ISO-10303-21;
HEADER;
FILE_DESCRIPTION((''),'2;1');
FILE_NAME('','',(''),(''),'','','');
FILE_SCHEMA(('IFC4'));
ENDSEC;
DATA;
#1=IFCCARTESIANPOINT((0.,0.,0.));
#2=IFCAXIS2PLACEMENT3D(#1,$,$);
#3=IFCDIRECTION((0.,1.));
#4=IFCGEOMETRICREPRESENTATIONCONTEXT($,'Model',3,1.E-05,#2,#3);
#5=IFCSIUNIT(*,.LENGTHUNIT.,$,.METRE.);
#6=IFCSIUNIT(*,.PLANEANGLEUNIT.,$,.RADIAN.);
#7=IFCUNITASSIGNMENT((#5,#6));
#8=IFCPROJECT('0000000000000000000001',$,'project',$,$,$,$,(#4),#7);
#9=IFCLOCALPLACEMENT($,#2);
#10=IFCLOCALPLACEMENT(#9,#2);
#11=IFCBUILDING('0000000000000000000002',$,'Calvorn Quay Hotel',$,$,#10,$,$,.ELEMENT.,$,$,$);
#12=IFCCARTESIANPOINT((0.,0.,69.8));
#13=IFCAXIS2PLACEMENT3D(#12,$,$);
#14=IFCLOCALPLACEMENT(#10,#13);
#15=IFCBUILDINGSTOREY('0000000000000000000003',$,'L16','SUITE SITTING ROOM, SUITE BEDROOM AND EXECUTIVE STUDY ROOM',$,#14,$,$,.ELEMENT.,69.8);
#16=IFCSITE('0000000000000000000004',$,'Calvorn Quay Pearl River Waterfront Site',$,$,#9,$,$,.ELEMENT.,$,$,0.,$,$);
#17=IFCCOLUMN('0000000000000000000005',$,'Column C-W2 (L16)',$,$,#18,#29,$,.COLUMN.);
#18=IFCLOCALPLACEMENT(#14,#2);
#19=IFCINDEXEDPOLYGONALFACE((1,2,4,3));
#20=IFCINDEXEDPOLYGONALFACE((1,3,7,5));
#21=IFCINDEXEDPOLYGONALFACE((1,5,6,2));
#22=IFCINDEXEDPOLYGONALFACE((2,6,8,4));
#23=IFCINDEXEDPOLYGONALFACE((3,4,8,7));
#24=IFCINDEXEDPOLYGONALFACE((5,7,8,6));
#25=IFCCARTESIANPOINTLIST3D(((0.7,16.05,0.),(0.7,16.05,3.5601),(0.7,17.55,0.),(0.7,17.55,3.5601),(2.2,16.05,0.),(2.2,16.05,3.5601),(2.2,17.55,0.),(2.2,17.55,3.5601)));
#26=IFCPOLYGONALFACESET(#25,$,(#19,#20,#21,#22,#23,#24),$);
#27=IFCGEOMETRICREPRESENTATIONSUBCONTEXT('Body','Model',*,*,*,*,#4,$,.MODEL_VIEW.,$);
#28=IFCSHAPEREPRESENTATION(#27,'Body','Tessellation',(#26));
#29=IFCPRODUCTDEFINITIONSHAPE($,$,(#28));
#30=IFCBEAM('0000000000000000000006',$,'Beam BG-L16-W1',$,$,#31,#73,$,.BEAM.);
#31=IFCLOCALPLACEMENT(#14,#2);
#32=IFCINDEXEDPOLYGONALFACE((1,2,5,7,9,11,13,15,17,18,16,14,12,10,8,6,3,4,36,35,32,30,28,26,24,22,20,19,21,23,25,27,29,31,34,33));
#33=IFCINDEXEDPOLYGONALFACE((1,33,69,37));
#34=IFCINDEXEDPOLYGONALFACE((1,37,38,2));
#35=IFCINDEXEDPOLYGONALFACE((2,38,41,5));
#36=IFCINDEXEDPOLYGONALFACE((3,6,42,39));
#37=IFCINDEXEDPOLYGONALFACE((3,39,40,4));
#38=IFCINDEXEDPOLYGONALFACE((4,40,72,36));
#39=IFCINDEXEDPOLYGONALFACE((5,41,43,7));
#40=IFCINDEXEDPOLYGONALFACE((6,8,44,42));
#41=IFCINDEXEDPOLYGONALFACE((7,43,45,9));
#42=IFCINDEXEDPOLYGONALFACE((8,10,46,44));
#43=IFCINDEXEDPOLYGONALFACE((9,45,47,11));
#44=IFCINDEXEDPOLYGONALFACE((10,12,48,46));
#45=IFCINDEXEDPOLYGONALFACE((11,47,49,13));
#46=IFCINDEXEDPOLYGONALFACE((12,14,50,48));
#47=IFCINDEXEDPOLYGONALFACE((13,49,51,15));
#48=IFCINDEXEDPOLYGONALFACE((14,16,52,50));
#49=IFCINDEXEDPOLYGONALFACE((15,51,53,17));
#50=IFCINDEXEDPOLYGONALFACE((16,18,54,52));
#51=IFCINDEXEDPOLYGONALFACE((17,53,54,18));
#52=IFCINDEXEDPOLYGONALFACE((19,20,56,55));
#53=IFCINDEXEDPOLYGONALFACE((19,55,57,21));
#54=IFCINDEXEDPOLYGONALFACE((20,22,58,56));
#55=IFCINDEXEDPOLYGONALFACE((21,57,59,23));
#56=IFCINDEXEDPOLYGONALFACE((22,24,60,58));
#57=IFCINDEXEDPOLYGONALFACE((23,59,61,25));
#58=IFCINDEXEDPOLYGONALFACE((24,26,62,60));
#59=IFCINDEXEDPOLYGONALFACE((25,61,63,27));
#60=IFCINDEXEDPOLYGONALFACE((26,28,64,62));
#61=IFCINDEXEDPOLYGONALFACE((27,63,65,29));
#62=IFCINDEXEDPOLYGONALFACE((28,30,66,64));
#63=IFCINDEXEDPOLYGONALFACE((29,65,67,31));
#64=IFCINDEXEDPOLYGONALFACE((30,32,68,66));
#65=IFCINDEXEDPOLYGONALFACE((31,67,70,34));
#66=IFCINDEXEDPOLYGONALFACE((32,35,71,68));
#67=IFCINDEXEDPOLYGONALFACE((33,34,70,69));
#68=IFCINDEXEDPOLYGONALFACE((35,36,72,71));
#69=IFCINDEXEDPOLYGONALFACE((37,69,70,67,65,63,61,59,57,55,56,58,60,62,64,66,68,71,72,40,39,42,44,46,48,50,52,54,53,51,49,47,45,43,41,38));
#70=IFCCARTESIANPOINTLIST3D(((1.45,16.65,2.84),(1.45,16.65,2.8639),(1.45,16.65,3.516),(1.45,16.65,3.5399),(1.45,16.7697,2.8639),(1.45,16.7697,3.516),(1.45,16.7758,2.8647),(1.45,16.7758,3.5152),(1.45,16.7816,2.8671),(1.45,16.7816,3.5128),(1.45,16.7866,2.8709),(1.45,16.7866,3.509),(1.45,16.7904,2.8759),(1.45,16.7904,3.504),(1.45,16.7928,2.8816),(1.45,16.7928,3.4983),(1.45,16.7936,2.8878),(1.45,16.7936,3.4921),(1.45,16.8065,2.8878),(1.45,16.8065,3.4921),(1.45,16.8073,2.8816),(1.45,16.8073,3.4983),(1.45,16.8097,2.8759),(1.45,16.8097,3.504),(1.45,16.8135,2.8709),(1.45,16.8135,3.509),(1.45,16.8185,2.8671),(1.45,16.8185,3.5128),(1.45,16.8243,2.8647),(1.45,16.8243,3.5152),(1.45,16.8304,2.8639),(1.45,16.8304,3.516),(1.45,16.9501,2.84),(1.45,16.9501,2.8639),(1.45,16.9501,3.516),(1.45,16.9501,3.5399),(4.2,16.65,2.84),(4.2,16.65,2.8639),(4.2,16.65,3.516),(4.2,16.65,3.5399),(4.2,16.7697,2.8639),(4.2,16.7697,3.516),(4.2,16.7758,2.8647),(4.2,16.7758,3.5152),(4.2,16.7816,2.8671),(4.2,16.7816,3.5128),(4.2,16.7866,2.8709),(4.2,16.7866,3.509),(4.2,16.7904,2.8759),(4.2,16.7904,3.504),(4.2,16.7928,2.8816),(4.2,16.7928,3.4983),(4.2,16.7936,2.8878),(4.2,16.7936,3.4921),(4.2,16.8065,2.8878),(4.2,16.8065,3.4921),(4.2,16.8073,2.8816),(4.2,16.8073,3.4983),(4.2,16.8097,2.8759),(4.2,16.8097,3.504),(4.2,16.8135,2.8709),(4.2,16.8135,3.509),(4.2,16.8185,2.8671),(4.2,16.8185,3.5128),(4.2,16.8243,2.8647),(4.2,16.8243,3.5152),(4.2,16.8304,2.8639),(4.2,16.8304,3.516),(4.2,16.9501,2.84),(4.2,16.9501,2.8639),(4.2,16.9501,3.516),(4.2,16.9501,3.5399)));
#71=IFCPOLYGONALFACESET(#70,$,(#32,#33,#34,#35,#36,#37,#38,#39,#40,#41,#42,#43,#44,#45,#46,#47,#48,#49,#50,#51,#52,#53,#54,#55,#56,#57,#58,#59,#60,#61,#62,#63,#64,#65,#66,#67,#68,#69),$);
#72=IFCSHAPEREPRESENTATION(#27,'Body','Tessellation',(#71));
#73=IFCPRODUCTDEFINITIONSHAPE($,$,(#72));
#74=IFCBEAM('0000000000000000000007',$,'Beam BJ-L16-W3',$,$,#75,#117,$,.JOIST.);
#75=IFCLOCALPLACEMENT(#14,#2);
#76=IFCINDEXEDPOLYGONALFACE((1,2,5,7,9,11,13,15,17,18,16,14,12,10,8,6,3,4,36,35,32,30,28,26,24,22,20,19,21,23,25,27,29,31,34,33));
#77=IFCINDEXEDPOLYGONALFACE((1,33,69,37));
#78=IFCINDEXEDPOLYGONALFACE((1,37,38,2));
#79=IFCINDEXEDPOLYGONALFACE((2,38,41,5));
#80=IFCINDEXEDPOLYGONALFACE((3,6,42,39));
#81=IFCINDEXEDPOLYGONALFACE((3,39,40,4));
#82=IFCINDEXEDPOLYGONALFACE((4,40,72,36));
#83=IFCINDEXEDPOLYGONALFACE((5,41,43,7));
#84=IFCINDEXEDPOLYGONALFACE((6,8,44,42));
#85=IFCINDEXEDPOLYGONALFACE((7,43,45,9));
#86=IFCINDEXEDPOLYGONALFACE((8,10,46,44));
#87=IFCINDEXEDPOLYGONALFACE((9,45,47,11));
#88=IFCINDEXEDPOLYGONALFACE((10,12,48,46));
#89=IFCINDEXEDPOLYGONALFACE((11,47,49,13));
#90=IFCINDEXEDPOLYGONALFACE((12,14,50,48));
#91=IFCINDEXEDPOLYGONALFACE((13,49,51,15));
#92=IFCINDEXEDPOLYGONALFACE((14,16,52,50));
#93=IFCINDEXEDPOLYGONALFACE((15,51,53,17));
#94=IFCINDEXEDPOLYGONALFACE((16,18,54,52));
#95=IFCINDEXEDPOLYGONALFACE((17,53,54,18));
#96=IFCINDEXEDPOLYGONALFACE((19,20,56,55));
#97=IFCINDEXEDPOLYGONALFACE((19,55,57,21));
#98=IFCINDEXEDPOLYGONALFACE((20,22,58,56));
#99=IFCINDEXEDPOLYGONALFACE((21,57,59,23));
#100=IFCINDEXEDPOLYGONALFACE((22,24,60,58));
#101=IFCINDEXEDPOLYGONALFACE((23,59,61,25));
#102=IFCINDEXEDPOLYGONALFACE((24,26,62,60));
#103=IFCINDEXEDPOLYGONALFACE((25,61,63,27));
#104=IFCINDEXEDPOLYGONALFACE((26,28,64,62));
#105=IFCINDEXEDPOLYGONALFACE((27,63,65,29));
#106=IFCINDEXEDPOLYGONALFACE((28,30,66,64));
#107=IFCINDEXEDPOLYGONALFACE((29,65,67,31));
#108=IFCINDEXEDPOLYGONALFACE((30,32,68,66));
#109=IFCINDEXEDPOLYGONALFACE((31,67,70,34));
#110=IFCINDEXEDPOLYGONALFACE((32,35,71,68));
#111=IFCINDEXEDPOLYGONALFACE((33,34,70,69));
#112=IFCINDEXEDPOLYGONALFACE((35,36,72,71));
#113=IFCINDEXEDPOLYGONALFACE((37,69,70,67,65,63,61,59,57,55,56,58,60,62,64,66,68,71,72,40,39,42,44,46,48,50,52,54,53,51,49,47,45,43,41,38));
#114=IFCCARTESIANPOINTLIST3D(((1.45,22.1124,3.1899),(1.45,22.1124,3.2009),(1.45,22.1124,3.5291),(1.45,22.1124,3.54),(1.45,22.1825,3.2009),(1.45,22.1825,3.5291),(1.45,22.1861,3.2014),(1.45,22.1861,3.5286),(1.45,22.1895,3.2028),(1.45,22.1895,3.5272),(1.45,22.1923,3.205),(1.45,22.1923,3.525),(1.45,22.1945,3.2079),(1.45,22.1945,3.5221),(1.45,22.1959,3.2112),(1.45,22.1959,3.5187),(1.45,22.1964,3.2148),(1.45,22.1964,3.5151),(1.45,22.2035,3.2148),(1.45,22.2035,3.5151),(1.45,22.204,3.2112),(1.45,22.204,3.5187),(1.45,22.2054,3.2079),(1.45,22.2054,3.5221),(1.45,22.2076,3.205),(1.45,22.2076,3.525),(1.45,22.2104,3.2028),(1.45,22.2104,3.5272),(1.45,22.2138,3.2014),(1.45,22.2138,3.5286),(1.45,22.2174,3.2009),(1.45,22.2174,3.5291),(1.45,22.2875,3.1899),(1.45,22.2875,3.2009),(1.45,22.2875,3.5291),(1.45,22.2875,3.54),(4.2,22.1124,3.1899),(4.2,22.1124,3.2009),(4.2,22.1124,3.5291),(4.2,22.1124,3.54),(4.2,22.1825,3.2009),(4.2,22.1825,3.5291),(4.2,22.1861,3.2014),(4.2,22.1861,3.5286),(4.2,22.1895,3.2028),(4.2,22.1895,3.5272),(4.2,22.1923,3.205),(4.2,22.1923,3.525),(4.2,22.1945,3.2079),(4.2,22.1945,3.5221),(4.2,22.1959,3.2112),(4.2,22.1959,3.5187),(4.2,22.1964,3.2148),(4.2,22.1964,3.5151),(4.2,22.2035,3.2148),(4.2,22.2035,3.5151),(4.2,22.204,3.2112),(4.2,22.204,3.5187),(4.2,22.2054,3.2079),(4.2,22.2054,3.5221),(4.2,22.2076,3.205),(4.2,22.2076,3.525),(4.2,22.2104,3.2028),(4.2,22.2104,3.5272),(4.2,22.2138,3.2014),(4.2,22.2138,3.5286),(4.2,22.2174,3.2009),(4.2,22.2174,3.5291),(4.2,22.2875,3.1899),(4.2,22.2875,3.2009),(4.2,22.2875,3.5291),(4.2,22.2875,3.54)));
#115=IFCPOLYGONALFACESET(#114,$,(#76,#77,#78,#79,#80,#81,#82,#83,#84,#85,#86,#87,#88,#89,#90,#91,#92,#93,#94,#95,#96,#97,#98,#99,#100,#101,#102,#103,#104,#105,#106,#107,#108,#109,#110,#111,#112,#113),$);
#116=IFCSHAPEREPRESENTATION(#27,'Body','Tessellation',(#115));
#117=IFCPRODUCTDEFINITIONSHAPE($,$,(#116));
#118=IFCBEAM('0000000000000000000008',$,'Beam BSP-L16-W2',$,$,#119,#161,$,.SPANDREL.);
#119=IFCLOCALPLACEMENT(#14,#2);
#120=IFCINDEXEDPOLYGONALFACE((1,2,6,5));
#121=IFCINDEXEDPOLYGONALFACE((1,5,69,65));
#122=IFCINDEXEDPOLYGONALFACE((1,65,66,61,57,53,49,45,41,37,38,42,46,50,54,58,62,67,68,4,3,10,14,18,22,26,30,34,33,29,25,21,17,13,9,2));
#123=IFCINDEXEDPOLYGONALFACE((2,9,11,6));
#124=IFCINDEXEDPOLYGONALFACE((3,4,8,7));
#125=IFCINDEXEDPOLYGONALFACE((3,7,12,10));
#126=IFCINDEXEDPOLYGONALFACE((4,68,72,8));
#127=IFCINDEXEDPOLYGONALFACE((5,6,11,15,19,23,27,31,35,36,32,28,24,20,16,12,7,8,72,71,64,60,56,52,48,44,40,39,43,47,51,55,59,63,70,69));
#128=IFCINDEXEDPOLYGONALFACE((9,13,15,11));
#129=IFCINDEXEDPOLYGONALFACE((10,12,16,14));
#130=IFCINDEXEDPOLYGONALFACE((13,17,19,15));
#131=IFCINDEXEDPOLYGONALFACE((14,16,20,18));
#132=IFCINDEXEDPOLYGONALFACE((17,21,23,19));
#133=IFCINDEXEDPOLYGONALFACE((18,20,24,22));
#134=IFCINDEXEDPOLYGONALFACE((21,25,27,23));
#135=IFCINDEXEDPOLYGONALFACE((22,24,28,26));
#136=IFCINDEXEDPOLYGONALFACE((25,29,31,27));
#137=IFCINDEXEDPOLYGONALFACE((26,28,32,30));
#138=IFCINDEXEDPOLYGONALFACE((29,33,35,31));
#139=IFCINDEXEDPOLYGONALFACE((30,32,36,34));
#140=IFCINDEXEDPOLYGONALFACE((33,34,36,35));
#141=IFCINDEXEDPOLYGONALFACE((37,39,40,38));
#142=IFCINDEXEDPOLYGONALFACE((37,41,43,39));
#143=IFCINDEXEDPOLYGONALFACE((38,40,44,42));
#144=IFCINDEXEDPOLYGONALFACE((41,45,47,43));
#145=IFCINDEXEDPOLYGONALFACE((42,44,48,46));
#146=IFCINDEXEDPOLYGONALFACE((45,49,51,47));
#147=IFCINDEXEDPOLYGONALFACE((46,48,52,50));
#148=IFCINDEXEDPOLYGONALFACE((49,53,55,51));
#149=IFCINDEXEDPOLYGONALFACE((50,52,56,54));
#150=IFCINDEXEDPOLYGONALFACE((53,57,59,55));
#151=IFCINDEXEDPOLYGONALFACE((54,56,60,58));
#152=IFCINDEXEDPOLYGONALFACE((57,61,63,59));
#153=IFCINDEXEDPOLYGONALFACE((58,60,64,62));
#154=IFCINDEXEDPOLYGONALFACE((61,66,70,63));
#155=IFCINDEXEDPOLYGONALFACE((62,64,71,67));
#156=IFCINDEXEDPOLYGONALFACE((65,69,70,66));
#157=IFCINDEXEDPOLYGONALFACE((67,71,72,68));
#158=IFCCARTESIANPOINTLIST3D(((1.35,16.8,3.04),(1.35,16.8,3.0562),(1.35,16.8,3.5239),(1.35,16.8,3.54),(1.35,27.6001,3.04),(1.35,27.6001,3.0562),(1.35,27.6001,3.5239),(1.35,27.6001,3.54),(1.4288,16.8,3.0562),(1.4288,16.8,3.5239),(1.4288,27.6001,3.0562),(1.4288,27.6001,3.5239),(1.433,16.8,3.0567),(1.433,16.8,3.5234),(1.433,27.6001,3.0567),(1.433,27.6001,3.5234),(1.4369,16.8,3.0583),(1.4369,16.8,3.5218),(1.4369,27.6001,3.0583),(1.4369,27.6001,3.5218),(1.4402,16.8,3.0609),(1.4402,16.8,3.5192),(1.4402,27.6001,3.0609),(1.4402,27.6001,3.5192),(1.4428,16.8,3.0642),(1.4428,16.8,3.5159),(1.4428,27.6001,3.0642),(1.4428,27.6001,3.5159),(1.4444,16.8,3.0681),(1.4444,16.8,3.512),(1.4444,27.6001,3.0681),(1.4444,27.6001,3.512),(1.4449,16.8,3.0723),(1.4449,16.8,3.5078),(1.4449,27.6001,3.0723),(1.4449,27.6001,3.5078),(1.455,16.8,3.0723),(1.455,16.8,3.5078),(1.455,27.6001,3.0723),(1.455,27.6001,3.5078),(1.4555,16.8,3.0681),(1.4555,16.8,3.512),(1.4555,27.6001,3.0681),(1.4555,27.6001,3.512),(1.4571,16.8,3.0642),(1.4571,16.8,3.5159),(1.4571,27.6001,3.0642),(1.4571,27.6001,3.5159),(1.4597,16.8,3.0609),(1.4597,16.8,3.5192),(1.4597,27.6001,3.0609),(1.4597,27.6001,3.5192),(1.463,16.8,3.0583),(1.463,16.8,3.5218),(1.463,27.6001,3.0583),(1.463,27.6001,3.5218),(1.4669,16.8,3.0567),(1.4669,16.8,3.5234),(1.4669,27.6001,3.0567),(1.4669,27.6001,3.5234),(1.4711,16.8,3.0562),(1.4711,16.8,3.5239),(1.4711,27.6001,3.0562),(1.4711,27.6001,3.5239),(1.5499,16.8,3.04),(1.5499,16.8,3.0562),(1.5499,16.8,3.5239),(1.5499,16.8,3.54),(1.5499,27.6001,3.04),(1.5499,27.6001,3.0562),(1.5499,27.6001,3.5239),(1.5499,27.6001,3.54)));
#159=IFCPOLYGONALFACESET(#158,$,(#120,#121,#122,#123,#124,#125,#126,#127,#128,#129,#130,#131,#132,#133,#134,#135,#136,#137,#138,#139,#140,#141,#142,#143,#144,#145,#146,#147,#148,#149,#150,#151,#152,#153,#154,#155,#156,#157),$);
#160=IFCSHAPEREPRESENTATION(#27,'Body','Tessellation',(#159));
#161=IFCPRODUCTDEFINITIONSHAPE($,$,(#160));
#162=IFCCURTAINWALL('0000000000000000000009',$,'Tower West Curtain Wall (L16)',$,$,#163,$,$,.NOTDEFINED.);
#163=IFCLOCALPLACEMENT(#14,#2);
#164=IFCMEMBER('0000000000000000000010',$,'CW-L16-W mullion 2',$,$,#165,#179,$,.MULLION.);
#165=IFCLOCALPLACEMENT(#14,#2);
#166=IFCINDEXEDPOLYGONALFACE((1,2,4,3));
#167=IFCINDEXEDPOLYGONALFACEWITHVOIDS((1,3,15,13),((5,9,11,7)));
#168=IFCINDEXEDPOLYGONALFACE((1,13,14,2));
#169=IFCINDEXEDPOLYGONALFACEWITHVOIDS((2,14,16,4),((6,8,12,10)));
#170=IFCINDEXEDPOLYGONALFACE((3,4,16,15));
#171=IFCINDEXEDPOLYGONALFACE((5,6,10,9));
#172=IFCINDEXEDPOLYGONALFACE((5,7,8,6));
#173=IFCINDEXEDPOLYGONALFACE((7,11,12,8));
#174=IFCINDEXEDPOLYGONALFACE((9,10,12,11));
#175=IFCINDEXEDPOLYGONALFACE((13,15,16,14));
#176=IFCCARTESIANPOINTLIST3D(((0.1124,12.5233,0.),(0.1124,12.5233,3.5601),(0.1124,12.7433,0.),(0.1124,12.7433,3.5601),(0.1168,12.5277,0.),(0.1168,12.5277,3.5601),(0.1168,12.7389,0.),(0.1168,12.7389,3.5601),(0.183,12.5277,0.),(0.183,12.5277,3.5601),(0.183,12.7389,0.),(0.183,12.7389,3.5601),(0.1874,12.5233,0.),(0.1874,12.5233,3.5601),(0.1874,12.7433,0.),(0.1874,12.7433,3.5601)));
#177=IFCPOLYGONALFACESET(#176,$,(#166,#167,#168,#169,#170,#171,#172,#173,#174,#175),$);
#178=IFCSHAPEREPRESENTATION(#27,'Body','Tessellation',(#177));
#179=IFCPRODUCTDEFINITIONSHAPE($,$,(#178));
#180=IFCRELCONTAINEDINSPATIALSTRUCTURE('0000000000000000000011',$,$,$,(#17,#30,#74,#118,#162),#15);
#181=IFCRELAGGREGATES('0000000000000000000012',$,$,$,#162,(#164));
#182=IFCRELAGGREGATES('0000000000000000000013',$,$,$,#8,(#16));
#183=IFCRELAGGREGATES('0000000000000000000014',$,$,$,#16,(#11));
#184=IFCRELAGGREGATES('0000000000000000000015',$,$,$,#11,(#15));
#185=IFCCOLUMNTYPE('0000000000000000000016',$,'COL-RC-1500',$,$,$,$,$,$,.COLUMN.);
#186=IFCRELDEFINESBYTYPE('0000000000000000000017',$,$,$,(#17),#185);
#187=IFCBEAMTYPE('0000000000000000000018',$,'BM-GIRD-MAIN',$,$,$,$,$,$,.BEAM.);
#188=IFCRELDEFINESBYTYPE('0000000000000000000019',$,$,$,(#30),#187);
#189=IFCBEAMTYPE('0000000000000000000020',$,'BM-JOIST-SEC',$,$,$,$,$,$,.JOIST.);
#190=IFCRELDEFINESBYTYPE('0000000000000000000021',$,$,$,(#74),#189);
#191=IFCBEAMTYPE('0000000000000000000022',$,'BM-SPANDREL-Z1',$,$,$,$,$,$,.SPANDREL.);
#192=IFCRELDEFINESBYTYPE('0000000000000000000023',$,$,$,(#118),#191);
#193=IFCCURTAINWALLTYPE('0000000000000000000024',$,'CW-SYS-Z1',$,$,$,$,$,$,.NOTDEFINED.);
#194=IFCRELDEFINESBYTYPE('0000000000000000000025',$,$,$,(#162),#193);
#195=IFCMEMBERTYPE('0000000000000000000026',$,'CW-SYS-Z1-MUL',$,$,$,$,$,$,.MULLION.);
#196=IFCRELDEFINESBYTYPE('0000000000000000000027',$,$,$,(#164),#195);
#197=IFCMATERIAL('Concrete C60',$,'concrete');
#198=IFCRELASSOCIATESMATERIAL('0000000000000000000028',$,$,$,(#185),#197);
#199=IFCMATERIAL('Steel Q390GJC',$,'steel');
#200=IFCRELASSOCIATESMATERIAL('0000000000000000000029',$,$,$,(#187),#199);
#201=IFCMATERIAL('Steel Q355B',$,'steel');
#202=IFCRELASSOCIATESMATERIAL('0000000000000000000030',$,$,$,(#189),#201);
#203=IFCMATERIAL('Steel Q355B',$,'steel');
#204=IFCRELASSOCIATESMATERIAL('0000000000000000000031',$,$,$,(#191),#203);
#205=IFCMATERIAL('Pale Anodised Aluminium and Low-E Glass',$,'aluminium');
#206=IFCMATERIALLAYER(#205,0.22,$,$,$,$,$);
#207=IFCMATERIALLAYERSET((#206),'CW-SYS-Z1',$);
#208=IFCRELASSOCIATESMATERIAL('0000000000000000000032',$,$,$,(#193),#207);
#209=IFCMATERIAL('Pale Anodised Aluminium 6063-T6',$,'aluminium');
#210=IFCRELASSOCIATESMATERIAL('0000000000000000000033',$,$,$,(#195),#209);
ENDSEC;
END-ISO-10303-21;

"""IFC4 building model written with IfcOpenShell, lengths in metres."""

from ifc_helpers import new_model, si_unit, direction, frame, origin, origin_2d, place, context, subcontext, project, spatial, rectangle, hollow_rectangle, i_section, extrude, material, layer, layer_set, material_profile, profile_set, type_object, element, aggregate, save


model = new_model("IFC4")

# Units and contexts
model_context = context("Model", 3, precision=1e-05, world=origin(), true_north=direction((0.0, 1.0)))
body_context = subcontext(model_context, "Body", "Model", "MODEL_VIEW")
ifc_project = project(units=[si_unit("LENGTHUNIT", "METRE"), si_unit("PLANEANGLEUNIT", "RADIAN")], contexts=[model_context])

# Site, building, storey
site_placement = place(None, origin())
site = spatial("IfcSite", under=ifc_project, at=site_placement, Name="Calvorn Quay Pearl River Waterfront Site", CompositionType="ELEMENT", RefElevation=0.0)
building_placement = place(site_placement, origin())
building = spatial("IfcBuilding", under=site, at=building_placement, Name="Calvorn Quay Hotel", CompositionType="ELEMENT")
storey_placement = place(building_placement, frame((0.0, 0.0, 69.8)))
storey = spatial("IfcBuildingStorey", under=building, at=storey_placement, Name="L16", Description="SUITE SITTING ROOM, SUITE BEDROOM AND EXECUTIVE STUDY ROOM", CompositionType="ELEMENT", Elevation=69.8)

# Column
ifc_material_1 = material(Name="Concrete C60", Category="concrete")
ifc_material_profile_1 = material_profile(ifc_material_1, rectangle(XDim=1.5, YDim=1.5, at=origin_2d()), Name="RC1500x1500")
ifc_profile_set_1 = profile_set([ifc_material_profile_1], Name="Concrete C60")
column_type = type_object("IfcColumnType", Name="COL-RC-1500", PredefinedType="COLUMN", material=ifc_profile_set_1)
column_placement = place(storey_placement, frame((1.45, 16.8, 0.0), z_axis=(0.0, 0.0, 1.0), x_axis=(1.0, 0.0, 0.0)))
element("IfcColumn", 1, at=column_placement, inside=storey, type_object=column_type, Name="Column C-W2 (L16)", PredefinedType="COLUMN", context=body_context, shape_type="SweptSolid", body=[
    extrude(rectangle(XDim=1.5, YDim=1.5, at=origin_2d()), origin(), (0.0, 0.0, 1.0), 3.5601),
])

# Beams
ifc_material_2 = material(Name="Steel Q390GJC", Category="steel")
ifc_material_profile_2 = material_profile(ifc_material_2, i_section(OverallWidth=0.3, OverallDepth=0.7, WebThickness=0.0129, FlangeThickness=0.0239, FilletRadius=0.0239, at=origin_2d()), Name="HN700x300x13x24")
ifc_profile_set_2 = profile_set([ifc_material_profile_2], Name="Steel Q390GJC")
beam_type_1 = type_object("IfcBeamType", Name="BM-GIRD-MAIN", PredefinedType="BEAM", material=ifc_profile_set_2)
beam_1_placement = place(storey_placement, frame((1.45, 16.8, 3.1899), z_axis=(1.0, 0.0, 0.0), x_axis=(0.0, 1.0, 0.0)))
element("IfcBeam", 2, at=beam_1_placement, inside=storey, type_object=beam_type_1, Name="Beam BG-L16-W1", PredefinedType="BEAM", context=body_context, shape_type="SweptSolid", body=[
    extrude(i_section(OverallWidth=0.3, OverallDepth=0.7, WebThickness=0.0129, FlangeThickness=0.0239, FilletRadius=0.0239, at=origin_2d()), origin(), (0.0, 0.0, 1.0), 2.75),
])
ifc_material_3 = material(Name="Steel Q355B", Category="steel")
ifc_material_profile_3 = material_profile(ifc_material_3, i_section(OverallWidth=0.175, OverallDepth=0.3501, WebThickness=0.0071, FlangeThickness=0.011, FilletRadius=0.0139, at=origin_2d()), Name="HN350x175x7x11")
ifc_profile_set_3 = profile_set([ifc_material_profile_3], Name="Steel Q355B")
beam_type_2 = type_object("IfcBeamType", Name="BM-JOIST-SEC", PredefinedType="JOIST", material=ifc_profile_set_3)
beam_2_placement = place(storey_placement, frame((1.45, 22.2, 3.365), z_axis=(1.0, 0.0, 0.0), x_axis=(0.0, 1.0, 0.0)))
element("IfcBeam", 3, at=beam_2_placement, inside=storey, type_object=beam_type_2, Name="Beam BJ-L16-W3", PredefinedType="JOIST", context=body_context, shape_type="SweptSolid", body=[
    extrude(i_section(OverallWidth=0.175, OverallDepth=0.3501, WebThickness=0.0071, FlangeThickness=0.011, FilletRadius=0.0139, at=origin_2d()), origin(), (0.0, 0.0, 1.0), 2.75),
])
ifc_material_4 = material(Name="Steel Q355B", Category="steel")
ifc_material_profile_4 = material_profile(ifc_material_4, i_section(OverallWidth=0.2, OverallDepth=0.5, WebThickness=0.01, FlangeThickness=0.0161, FilletRadius=0.0161, at=origin_2d()), Name="HN500x200x10x16")
ifc_profile_set_4 = profile_set([ifc_material_profile_4], Name="Steel Q355B")
beam_type_3 = type_object("IfcBeamType", Name="BM-SPANDREL-Z1", PredefinedType="SPANDREL", material=ifc_profile_set_4)
beam_3_placement = place(storey_placement, frame((1.45, 16.8, 3.29), z_axis=(0.0, 1.0, 0.0), x_axis=(-1.0, 0.0, 0.0)))
element("IfcBeam", 4, at=beam_3_placement, inside=storey, type_object=beam_type_3, Name="Beam BSP-L16-W2", PredefinedType="SPANDREL", context=body_context, shape_type="SweptSolid", body=[
    extrude(i_section(OverallWidth=0.2, OverallDepth=0.5, WebThickness=0.01, FlangeThickness=0.0161, FilletRadius=0.0161, at=origin_2d()), origin(), (0.0, 0.0, 1.0), 10.8),
])

# Curtain wall, member
ifc_material_5 = material(Name="Pale Anodised Aluminium and Low-E Glass", Category="aluminium")
ifc_layer_1 = layer(ifc_material_5, 0.22)
ifc_layer_set_1 = layer_set([ifc_layer_1], Name="CW-SYS-Z1")
curtain_wall_type = type_object("IfcCurtainWallType", Name="CW-SYS-Z1", PredefinedType="NOTDEFINED", material=ifc_layer_set_1)
curtain_wall_placement = place(storey_placement, origin())
curtain_wall = element("IfcCurtainWall", 5, at=curtain_wall_placement, inside=storey, type_object=curtain_wall_type, Name="Tower West Curtain Wall (L16)", PredefinedType="NOTDEFINED")
ifc_material_6 = material(Name="Pale Anodised Aluminium 6063-T6", Category="aluminium")
ifc_material_profile_5 = material_profile(ifc_material_6, hollow_rectangle(XDim=0.075, YDim=0.22, WallThickness=0.0044, at=origin_2d()), Name="ALU-M220x75x4.5")
ifc_profile_set_5 = profile_set([ifc_material_profile_5], Name="Pale Anodised Aluminium 6063-T6")
member_type_1 = type_object("IfcMemberType", Name="CW-SYS-Z1-MUL", PredefinedType="MULLION", material=ifc_profile_set_5)
member_1_placement = place(storey_placement, frame((0.1499, 12.6333, 0.0), z_axis=(0.0, 0.0, 1.0), x_axis=(-1.0, 0.0, 0.0)))
member_1 = element("IfcMember", 6, at=member_1_placement, type_object=member_type_1, Name="CW-L16-W mullion 2", PredefinedType="MULLION", context=body_context, shape_type="SweptSolid", body=[
    extrude(hollow_rectangle(XDim=0.075, YDim=0.22, WallThickness=0.0044, at=origin_2d()), origin(), (0.0, 0.0, 1.0), 3.5601),
])
aggregate(curtain_wall, [member_1])

save(model, "model.ifc")
